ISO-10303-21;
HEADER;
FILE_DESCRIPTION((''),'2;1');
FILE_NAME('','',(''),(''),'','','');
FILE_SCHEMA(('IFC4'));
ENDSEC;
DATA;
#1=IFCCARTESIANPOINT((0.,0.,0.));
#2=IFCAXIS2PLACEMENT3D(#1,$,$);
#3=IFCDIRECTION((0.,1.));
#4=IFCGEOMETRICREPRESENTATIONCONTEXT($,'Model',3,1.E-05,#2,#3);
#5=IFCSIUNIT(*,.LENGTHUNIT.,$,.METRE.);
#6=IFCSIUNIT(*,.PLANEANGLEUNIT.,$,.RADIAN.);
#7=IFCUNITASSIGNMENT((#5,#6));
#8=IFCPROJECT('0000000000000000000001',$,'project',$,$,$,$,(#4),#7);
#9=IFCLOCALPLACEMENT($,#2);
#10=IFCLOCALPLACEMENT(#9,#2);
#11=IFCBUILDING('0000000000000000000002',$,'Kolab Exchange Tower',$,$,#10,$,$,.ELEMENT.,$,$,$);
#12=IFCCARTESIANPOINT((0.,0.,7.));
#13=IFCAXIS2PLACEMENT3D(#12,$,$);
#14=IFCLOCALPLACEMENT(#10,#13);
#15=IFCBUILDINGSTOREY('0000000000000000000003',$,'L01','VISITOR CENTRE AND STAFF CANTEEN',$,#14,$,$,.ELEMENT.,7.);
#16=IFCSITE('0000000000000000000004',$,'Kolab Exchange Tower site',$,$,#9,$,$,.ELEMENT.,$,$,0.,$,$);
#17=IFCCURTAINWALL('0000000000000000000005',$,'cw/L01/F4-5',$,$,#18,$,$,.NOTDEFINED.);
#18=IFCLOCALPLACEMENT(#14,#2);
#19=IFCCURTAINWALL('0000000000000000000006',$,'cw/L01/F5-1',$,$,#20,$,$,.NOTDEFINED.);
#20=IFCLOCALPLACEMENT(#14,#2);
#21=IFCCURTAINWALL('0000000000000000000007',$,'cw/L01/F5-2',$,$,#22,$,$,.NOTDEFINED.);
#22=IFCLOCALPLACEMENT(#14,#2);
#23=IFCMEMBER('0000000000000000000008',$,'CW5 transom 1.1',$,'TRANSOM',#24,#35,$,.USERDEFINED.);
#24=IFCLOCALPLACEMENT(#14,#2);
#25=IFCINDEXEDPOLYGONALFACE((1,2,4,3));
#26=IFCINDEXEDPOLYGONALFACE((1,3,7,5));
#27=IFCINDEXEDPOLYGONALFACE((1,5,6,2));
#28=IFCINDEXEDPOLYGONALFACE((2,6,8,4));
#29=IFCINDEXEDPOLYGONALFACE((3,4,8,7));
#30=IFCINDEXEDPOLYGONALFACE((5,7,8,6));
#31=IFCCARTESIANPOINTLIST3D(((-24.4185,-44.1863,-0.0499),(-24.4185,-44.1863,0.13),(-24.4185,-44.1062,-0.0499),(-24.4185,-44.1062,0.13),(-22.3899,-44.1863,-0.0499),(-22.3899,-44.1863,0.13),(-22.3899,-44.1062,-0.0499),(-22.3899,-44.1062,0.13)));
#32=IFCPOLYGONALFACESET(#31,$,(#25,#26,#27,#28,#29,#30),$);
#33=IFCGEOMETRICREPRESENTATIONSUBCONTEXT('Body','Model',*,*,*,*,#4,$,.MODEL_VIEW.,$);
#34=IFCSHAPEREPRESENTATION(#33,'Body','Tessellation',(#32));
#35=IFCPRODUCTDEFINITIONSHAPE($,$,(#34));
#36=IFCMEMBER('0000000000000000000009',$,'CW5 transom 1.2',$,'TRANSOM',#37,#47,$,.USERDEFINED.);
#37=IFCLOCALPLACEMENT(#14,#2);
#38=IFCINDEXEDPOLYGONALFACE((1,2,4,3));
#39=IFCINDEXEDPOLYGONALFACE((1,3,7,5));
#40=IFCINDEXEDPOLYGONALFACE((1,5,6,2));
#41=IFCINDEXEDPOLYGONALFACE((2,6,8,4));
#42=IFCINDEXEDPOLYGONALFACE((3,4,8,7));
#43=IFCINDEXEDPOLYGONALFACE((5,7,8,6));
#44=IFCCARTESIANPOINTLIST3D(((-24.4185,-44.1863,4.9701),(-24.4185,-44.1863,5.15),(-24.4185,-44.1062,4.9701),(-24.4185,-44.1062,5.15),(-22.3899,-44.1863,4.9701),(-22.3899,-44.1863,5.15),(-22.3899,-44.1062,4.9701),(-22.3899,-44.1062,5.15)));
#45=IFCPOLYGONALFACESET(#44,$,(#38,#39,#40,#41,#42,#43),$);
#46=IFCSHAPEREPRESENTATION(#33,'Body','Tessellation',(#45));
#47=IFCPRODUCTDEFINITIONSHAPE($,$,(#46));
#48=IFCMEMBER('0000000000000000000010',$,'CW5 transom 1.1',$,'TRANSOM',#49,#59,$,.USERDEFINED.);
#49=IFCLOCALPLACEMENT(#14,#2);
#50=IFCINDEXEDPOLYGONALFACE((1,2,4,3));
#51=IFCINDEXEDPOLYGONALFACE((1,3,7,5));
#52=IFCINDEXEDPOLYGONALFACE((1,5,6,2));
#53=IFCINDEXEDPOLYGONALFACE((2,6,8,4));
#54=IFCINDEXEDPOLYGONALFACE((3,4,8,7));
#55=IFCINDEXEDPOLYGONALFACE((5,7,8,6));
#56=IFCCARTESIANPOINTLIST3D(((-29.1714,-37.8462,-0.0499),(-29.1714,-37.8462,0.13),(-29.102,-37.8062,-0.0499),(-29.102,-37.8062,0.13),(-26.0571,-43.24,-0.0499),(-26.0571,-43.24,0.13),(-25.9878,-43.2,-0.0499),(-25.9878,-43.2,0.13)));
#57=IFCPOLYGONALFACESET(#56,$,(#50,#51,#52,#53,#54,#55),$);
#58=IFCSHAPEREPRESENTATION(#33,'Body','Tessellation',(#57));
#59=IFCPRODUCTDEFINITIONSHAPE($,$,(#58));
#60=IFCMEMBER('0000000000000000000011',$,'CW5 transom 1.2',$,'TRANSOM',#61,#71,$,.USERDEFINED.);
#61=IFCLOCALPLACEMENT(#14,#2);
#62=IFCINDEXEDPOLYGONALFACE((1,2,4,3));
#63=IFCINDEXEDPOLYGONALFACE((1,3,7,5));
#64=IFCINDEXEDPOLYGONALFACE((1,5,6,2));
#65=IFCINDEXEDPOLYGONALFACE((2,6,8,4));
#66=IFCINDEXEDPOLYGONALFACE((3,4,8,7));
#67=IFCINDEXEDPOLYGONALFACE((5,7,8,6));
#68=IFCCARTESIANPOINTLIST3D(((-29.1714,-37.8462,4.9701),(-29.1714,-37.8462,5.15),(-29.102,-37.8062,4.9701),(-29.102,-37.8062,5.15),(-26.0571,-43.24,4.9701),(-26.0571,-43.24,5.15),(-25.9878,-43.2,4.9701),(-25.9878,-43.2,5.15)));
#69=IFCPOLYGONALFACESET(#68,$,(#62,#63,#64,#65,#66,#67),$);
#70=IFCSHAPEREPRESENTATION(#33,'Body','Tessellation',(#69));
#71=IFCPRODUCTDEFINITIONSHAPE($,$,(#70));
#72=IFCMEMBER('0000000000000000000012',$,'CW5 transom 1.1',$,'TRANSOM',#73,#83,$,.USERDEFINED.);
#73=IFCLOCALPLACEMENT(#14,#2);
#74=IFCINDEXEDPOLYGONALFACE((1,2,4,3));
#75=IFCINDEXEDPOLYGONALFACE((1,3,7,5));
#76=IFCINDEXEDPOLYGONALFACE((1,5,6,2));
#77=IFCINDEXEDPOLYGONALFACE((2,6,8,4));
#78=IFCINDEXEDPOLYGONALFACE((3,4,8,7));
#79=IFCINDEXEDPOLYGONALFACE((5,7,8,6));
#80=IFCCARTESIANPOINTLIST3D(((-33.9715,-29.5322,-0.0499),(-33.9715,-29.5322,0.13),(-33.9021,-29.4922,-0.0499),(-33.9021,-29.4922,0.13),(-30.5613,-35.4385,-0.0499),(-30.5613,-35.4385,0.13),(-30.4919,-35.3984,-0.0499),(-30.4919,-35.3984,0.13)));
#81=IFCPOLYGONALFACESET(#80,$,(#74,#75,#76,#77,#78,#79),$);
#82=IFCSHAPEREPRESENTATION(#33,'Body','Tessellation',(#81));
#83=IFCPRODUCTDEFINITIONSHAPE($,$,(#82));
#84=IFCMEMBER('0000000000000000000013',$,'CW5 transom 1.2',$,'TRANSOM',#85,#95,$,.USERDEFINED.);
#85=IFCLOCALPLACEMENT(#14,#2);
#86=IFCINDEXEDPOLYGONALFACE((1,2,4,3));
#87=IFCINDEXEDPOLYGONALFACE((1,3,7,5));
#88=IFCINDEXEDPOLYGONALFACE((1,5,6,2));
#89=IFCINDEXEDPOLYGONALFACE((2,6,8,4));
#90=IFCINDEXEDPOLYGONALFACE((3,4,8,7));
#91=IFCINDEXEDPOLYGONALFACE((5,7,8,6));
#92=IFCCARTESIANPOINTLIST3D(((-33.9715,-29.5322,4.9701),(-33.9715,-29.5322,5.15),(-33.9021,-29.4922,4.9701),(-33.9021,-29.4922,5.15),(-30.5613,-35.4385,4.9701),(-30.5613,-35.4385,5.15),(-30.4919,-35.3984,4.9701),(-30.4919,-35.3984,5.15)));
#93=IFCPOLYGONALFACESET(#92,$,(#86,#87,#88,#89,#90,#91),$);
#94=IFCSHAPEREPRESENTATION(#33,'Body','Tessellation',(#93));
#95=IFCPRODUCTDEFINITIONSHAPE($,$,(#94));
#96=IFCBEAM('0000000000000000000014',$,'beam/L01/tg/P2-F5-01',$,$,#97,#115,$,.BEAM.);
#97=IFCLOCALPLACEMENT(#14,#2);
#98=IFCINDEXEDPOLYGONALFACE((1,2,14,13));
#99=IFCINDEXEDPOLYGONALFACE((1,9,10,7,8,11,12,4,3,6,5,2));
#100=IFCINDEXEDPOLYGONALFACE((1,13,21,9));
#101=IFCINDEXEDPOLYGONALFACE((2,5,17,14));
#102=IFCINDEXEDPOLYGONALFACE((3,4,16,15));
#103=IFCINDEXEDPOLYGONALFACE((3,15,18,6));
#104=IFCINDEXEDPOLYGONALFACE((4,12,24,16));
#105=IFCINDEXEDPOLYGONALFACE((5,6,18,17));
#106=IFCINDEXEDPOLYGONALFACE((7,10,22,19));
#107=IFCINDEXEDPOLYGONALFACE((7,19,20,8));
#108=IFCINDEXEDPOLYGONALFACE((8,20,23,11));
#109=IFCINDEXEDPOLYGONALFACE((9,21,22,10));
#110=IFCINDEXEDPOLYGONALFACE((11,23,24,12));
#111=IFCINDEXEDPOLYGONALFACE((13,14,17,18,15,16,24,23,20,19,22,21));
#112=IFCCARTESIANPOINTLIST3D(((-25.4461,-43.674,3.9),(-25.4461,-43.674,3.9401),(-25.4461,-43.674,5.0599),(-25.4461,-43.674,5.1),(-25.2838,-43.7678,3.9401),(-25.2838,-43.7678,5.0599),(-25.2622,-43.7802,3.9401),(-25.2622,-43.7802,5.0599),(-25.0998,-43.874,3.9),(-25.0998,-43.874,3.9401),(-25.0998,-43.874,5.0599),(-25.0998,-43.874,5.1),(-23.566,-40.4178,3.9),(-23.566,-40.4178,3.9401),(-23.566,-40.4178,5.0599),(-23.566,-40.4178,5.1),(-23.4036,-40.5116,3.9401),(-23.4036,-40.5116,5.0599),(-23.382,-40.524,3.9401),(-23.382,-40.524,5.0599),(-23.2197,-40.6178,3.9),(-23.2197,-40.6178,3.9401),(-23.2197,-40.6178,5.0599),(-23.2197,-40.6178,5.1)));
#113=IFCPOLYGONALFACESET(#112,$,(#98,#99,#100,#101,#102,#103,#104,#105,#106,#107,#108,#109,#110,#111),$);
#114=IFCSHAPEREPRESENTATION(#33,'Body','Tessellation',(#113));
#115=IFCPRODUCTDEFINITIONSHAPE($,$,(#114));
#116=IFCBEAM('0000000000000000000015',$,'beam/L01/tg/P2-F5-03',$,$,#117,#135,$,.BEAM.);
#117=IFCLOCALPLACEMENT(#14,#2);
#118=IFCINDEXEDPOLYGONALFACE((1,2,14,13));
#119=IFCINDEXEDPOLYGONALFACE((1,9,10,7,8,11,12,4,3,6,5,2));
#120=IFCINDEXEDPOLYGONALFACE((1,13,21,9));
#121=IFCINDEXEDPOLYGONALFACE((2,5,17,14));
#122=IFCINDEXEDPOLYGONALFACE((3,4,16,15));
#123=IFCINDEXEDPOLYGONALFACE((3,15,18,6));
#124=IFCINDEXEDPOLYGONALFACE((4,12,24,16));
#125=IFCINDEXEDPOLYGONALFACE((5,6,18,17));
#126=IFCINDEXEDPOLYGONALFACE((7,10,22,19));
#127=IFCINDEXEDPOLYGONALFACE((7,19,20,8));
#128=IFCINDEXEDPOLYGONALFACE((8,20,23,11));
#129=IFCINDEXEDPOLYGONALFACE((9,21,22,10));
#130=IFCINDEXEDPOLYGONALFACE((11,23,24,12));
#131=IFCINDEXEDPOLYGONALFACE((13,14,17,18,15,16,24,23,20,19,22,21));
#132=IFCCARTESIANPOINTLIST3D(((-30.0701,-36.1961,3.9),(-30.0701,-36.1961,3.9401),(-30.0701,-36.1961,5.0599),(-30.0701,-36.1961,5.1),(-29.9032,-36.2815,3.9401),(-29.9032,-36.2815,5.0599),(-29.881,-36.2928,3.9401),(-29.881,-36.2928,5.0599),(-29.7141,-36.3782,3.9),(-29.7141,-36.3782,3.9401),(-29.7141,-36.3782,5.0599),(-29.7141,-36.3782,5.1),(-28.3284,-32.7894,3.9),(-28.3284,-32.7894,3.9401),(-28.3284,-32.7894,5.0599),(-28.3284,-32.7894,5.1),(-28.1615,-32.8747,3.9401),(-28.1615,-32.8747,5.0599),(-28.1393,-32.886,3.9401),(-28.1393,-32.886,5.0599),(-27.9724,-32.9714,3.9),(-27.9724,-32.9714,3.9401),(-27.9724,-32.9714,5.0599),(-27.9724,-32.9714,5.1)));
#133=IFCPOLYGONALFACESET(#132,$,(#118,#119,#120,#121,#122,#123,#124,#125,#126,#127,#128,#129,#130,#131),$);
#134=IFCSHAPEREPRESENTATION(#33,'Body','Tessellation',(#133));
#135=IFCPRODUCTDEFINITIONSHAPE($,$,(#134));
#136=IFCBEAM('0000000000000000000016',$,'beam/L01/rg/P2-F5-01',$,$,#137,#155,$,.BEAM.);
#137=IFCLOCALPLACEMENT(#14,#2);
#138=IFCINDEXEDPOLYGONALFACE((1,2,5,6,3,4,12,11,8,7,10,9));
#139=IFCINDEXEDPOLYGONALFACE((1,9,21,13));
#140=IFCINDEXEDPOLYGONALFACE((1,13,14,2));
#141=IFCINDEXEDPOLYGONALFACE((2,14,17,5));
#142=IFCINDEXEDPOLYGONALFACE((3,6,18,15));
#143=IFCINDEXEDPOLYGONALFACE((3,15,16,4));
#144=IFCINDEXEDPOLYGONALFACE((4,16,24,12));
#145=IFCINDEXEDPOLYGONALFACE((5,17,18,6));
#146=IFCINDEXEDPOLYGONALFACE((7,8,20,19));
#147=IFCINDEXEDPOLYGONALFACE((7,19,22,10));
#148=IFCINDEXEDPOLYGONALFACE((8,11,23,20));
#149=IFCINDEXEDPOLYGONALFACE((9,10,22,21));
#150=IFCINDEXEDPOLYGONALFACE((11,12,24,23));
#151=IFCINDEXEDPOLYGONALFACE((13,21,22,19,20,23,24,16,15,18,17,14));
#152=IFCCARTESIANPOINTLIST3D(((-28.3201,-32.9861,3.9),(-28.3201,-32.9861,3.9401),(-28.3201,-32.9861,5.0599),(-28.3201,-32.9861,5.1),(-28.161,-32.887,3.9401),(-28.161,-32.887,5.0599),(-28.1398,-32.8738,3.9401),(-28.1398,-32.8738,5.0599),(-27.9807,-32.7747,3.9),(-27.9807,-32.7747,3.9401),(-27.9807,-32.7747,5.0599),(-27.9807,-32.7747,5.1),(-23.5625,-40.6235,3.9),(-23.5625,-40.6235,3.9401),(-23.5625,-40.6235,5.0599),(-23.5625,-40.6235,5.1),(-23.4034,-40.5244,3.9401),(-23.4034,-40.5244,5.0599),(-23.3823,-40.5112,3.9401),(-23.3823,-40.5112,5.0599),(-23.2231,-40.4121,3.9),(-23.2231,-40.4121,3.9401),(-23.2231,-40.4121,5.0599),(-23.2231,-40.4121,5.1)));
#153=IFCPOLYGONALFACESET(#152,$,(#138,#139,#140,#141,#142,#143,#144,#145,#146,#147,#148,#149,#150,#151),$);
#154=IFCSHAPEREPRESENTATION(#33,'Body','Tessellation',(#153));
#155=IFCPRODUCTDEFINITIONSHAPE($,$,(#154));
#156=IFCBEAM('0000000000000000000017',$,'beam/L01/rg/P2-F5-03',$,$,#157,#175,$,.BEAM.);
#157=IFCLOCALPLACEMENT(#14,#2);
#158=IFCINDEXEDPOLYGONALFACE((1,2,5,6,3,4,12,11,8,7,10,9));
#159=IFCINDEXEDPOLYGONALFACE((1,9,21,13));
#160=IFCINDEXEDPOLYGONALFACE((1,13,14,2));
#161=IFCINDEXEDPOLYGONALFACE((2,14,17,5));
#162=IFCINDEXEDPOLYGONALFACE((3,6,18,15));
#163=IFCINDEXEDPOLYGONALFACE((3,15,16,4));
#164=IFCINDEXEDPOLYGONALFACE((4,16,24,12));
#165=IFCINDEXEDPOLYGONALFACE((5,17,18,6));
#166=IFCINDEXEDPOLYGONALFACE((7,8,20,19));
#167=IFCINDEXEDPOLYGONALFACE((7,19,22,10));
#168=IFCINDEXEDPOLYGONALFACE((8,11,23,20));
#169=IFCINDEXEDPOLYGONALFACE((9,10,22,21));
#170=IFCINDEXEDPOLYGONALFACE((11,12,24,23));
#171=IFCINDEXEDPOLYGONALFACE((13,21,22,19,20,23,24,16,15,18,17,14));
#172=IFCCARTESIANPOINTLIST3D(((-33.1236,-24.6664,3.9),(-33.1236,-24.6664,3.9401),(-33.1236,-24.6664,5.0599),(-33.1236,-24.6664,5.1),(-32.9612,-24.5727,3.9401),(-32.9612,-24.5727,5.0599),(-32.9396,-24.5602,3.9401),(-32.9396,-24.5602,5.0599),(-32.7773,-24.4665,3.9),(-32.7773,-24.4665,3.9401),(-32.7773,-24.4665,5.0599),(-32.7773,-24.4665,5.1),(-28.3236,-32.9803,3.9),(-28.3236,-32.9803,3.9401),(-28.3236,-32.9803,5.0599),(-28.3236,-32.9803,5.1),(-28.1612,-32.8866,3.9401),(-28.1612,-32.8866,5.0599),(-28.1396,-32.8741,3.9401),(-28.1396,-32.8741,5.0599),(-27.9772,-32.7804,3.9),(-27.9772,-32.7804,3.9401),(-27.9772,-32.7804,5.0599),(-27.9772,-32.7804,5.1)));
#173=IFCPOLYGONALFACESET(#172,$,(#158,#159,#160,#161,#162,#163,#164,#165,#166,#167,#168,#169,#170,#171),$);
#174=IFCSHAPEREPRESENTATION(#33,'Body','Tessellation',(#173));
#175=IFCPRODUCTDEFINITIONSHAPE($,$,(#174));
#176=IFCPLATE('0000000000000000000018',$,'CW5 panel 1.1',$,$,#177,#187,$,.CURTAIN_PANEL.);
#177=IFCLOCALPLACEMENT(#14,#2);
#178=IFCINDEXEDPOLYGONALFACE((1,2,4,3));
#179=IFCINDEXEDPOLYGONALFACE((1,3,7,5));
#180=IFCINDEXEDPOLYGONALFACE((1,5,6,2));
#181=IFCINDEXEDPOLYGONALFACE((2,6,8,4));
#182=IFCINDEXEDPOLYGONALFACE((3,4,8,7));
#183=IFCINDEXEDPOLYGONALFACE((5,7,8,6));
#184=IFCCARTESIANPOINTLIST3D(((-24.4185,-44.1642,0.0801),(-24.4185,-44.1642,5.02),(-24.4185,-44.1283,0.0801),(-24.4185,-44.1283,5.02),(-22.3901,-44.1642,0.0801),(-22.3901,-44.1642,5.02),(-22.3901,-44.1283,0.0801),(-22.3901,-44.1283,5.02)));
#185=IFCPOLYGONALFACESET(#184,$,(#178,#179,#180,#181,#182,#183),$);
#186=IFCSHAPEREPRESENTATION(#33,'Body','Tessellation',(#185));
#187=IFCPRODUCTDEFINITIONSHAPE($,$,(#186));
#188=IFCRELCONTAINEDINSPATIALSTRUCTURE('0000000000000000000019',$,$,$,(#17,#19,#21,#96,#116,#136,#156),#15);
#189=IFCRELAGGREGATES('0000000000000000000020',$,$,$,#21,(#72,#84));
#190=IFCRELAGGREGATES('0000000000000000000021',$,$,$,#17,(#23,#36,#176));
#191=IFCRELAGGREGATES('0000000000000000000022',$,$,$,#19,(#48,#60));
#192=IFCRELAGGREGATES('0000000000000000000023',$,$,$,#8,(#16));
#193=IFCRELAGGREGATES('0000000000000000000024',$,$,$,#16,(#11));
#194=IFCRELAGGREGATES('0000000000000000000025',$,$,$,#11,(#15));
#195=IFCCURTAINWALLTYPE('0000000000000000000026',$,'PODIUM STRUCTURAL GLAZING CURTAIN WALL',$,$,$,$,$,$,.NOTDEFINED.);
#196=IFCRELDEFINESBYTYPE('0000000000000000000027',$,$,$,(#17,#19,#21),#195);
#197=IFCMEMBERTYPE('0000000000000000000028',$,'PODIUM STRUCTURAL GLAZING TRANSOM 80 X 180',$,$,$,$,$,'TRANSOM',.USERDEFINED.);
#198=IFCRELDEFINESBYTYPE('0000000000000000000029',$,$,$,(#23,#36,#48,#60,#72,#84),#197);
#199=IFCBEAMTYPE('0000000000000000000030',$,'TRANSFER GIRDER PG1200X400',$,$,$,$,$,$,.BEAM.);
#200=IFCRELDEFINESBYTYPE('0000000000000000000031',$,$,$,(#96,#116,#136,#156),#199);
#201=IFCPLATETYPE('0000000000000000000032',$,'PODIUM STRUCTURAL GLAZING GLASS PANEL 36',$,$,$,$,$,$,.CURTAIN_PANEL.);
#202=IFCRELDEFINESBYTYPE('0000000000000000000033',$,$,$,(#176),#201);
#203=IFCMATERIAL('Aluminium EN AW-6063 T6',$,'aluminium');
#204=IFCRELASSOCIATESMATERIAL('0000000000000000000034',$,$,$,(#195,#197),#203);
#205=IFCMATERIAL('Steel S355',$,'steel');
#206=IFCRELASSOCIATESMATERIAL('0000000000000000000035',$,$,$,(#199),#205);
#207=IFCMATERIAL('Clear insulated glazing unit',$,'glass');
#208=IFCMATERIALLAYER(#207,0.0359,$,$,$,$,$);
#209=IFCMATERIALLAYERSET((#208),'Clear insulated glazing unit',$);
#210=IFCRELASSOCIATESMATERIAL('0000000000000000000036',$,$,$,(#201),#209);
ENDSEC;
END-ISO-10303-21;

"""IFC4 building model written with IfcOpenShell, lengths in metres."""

from ifc_helpers import new_model, si_unit, direction, frame, origin, origin_2d, place, context, subcontext, project, spatial, rectangle, i_section, extrude, material, layer, layer_set, material_profile, profile_set, type_object, element, aggregate, save


model = new_model("IFC4")

# Units and contexts
model_context = context("Model", 3, precision=1e-05, world=origin(), true_north=direction((0.0, 1.0)))
body_context = subcontext(model_context, "Body", "Model", "MODEL_VIEW")
ifc_project = project(units=[si_unit("LENGTHUNIT", "METRE"), si_unit("PLANEANGLEUNIT", "RADIAN")], contexts=[model_context])

# Site, building, storey
site_placement = place(None, origin())
site = spatial("IfcSite", under=ifc_project, at=site_placement, Name="Kolab Exchange Tower site", CompositionType="ELEMENT", RefElevation=0.0)
building_placement = place(site_placement, origin())
building = spatial("IfcBuilding", under=site, at=building_placement, Name="Kolab Exchange Tower", CompositionType="ELEMENT")
storey_placement = place(building_placement, frame((0.0, 0.0, 7.0)))
storey = spatial("IfcBuildingStorey", under=building, at=storey_placement, Name="L01", Description="VISITOR CENTRE AND STAFF CANTEEN", CompositionType="ELEMENT", Elevation=7.0)

# Shared definitions
ifc_material_1 = material(Name="Steel S355", Category="steel")

# Shared definitions
ifc_material_2 = material(Name="Aluminium EN AW-6063 T6", Category="aluminium")
curtain_wall_type = type_object("IfcCurtainWallType", Name="PODIUM STRUCTURAL GLAZING CURTAIN WALL", PredefinedType="NOTDEFINED", material=ifc_material_2)

# Curtain walls
curtain_wall_1_placement = place(storey_placement, origin())
curtain_wall_1 = element("IfcCurtainWall", 1, at=curtain_wall_1_placement, inside=storey, type_object=curtain_wall_type, Name="cw/L01/F4-5", PredefinedType="NOTDEFINED")
curtain_wall_2_placement = place(storey_placement, origin())
curtain_wall_2 = element("IfcCurtainWall", 2, at=curtain_wall_2_placement, inside=storey, type_object=curtain_wall_type, Name="cw/L01/F5-1", PredefinedType="NOTDEFINED")

# Curtain wall
curtain_wall_3_placement = place(storey_placement, origin())
curtain_wall_3 = element("IfcCurtainWall", 3, at=curtain_wall_3_placement, inside=storey, type_object=curtain_wall_type, Name="cw/L01/F5-2", PredefinedType="NOTDEFINED")

# Members
ifc_material_profile_1 = material_profile(ifc_material_2, rectangle(XDim=0.0801, YDim=0.1799, at=origin_2d()), Name="RECT 80X180")
ifc_profile_set_1 = profile_set([ifc_material_profile_1], Name="Aluminium EN AW-6063 T6")
member_type_1 = type_object("IfcMemberType", Name="PODIUM STRUCTURAL GLAZING TRANSOM 80 X 180", ElementType="TRANSOM", PredefinedType="USERDEFINED", material=ifc_profile_set_1)
member_1_placement = place(storey_placement, frame((-22.3899, -44.1462, 0.04), z_axis=(-1.0, 0.0, 0.0), x_axis=(0.0, -1.0, 0.0)))
member_1 = element("IfcMember", 4, at=member_1_placement, type_object=member_type_1, Name="CW5 transom 1.1", ObjectType="TRANSOM", PredefinedType="USERDEFINED", context=body_context, shape_type="SweptSolid", body=[
    extrude(rectangle(XDim=0.0801, YDim=0.1799, at=origin_2d()), origin(), (0.0, 0.0, 1.0), 2.0286),
])
member_2_placement = place(storey_placement, frame((-22.3899, -44.1462, 5.0601), z_axis=(-1.0, 0.0, 0.0), x_axis=(0.0, -1.0, 0.0)))
member_2 = element("IfcMember", 5, at=member_2_placement, type_object=member_type_1, Name="CW5 transom 1.2", ObjectType="TRANSOM", PredefinedType="USERDEFINED", context=body_context, shape_type="SweptSolid", body=[
    extrude(rectangle(XDim=0.0801, YDim=0.1799, at=origin_2d()), origin(), (0.0, 0.0, 1.0), 2.0286),
])
member_3_placement = place(storey_placement, frame((-26.0225, -43.22, 0.04), z_axis=(-0.500018, 0.866015, 0.0), x_axis=(-0.866015, -0.500018, 0.0)))
member_3 = element("IfcMember", 6, at=member_3_placement, type_object=member_type_1, Name="CW5 transom 1.1", ObjectType="TRANSOM", PredefinedType="USERDEFINED", context=body_context, shape_type="SweptSolid", body=[
    extrude(rectangle(XDim=0.0801, YDim=0.1799, at=origin_2d()), origin(), (0.0, 0.0, 1.0), 6.2283),
])
member_4_placement = place(storey_placement, frame((-26.0225, -43.22, 5.0601), z_axis=(-0.500018, 0.866015, 0.0), x_axis=(-0.866015, -0.500018, 0.0)))
member_4 = element("IfcMember", 7, at=member_4_placement, type_object=member_type_1, Name="CW5 transom 1.2", ObjectType="TRANSOM", PredefinedType="USERDEFINED", context=body_context, shape_type="SweptSolid", body=[
    extrude(rectangle(XDim=0.0801, YDim=0.1799, at=origin_2d()), origin(), (0.0, 0.0, 1.0), 6.2283),
])
member_5_placement = place(storey_placement, frame((-30.5266, -35.4185, 0.04), z_axis=(-0.50002, 0.866014, 0.0), x_axis=(-0.866014, -0.50002, 0.0)))
member_5 = element("IfcMember", 8, at=member_5_placement, type_object=member_type_1, Name="CW5 transom 1.1", ObjectType="TRANSOM", PredefinedType="USERDEFINED", context=body_context, shape_type="SweptSolid", body=[
    extrude(rectangle(XDim=0.0801, YDim=0.1799, at=origin_2d()), origin(), (0.0, 0.0, 1.0), 6.8201),
])
member_6_placement = place(storey_placement, frame((-30.5266, -35.4185, 5.0601), z_axis=(-0.50002, 0.866014, 0.0), x_axis=(-0.866014, -0.50002, 0.0)))
member_6 = element("IfcMember", 9, at=member_6_placement, type_object=member_type_1, Name="CW5 transom 1.2", ObjectType="TRANSOM", PredefinedType="USERDEFINED", context=body_context, shape_type="SweptSolid", body=[
    extrude(rectangle(XDim=0.0801, YDim=0.1799, at=origin_2d()), origin(), (0.0, 0.0, 1.0), 6.8201),
])
aggregate(curtain_wall_3, [member_5, member_6])

# Beams
ifc_material_profile_2 = material_profile(ifc_material_1, i_section(OverallWidth=0.3999, OverallDepth=1.2, WebThickness=0.0249, FlangeThickness=0.04, at=origin_2d()), Name="PG1200X400")
ifc_profile_set_2 = profile_set([ifc_material_profile_2], Name="Steel S355")
beam_type_1 = type_object("IfcBeamType", Name="TRANSFER GIRDER PG1200X400", PredefinedType="BEAM", material=ifc_profile_set_2)
beam_1_placement = place(storey_placement, frame((-23.3928, -40.5178, 4.5), z_axis=(-0.500043, -0.866001, 0.0), x_axis=(0.866001, -0.500043, 0.0)))
element("IfcBeam", 10, at=beam_1_placement, inside=storey, type_object=beam_type_1, Name="beam/L01/tg/P2-F5-01", PredefinedType="BEAM", context=body_context, shape_type="SweptSolid", body=[
    extrude(i_section(OverallWidth=0.3999, OverallDepth=1.2, WebThickness=0.0249, FlangeThickness=0.04, at=origin_2d()), origin(), (0.0, 0.0, 1.0), 3.76),
])
beam_2_placement = place(storey_placement, frame((-28.1504, -32.8804, 4.5), z_axis=(-0.45521, -0.890384, 0.0), x_axis=(0.890384, -0.45521, 0.0)))
element("IfcBeam", 11, at=beam_2_placement, inside=storey, type_object=beam_type_1, Name="beam/L01/tg/P2-F5-03", PredefinedType="BEAM", context=body_context, shape_type="SweptSolid", body=[
    extrude(i_section(OverallWidth=0.3999, OverallDepth=1.2, WebThickness=0.0249, FlangeThickness=0.04, at=origin_2d()), origin(), (0.0, 0.0, 1.0), 3.8262),
])
beam_3_placement = place(storey_placement, frame((-23.3928, -40.5178, 4.5), z_axis=(-0.528733, 0.848788, 0.0), x_axis=(-0.848788, -0.528733, 0.0)))
element("IfcBeam", 12, at=beam_3_placement, inside=storey, type_object=beam_type_1, Name="beam/L01/rg/P2-F5-01", PredefinedType="BEAM", context=body_context, shape_type="SweptSolid", body=[
    extrude(i_section(OverallWidth=0.3999, OverallDepth=1.2, WebThickness=0.0249, FlangeThickness=0.04, at=origin_2d()), origin(), (0.0, 0.0, 1.0), 8.998),
])
beam_4_placement = place(storey_placement, frame((-28.1504, -32.8804, 4.5), z_axis=(-0.499998, 0.866026, 0.0), x_axis=(-0.866026, -0.499998, 0.0)))
element("IfcBeam", 13, at=beam_4_placement, inside=storey, type_object=beam_type_1, Name="beam/L01/rg/P2-F5-03", PredefinedType="BEAM", context=body_context, shape_type="SweptSolid", body=[
    extrude(i_section(OverallWidth=0.3999, OverallDepth=1.2, WebThickness=0.0249, FlangeThickness=0.04, at=origin_2d()), origin(), (0.0, 0.0, 1.0), 9.6001),
])

# Plate
ifc_material_3 = material(Name="Clear insulated glazing unit", Category="glass")
ifc_layer_1 = layer(ifc_material_3, 0.0359)
ifc_layer_set_1 = layer_set([ifc_layer_1], Name="Clear insulated glazing unit")
plate_type = type_object("IfcPlateType", Name="PODIUM STRUCTURAL GLAZING GLASS PANEL 36", PredefinedType="CURTAIN_PANEL", material=ifc_layer_set_1)
plate_1_placement = place(storey_placement, frame((-23.4043, -44.1462, 0.0801), z_axis=(0.0, 0.0, 1.0), x_axis=(-1.0, 0.0, 0.0)))
plate_1 = element("IfcPlate", 14, at=plate_1_placement, type_object=plate_type, Name="CW5 panel 1.1", PredefinedType="CURTAIN_PANEL", context=body_context, shape_type="SweptSolid", body=[
    extrude(rectangle(XDim=2.0283, YDim=0.0359, at=origin_2d()), origin(), (0.0, 0.0, 1.0), 4.9399),
])
aggregate(curtain_wall_1, [member_1, member_2, plate_1])
aggregate(curtain_wall_2, [member_3, member_4])

save(model, "model.ifc")
